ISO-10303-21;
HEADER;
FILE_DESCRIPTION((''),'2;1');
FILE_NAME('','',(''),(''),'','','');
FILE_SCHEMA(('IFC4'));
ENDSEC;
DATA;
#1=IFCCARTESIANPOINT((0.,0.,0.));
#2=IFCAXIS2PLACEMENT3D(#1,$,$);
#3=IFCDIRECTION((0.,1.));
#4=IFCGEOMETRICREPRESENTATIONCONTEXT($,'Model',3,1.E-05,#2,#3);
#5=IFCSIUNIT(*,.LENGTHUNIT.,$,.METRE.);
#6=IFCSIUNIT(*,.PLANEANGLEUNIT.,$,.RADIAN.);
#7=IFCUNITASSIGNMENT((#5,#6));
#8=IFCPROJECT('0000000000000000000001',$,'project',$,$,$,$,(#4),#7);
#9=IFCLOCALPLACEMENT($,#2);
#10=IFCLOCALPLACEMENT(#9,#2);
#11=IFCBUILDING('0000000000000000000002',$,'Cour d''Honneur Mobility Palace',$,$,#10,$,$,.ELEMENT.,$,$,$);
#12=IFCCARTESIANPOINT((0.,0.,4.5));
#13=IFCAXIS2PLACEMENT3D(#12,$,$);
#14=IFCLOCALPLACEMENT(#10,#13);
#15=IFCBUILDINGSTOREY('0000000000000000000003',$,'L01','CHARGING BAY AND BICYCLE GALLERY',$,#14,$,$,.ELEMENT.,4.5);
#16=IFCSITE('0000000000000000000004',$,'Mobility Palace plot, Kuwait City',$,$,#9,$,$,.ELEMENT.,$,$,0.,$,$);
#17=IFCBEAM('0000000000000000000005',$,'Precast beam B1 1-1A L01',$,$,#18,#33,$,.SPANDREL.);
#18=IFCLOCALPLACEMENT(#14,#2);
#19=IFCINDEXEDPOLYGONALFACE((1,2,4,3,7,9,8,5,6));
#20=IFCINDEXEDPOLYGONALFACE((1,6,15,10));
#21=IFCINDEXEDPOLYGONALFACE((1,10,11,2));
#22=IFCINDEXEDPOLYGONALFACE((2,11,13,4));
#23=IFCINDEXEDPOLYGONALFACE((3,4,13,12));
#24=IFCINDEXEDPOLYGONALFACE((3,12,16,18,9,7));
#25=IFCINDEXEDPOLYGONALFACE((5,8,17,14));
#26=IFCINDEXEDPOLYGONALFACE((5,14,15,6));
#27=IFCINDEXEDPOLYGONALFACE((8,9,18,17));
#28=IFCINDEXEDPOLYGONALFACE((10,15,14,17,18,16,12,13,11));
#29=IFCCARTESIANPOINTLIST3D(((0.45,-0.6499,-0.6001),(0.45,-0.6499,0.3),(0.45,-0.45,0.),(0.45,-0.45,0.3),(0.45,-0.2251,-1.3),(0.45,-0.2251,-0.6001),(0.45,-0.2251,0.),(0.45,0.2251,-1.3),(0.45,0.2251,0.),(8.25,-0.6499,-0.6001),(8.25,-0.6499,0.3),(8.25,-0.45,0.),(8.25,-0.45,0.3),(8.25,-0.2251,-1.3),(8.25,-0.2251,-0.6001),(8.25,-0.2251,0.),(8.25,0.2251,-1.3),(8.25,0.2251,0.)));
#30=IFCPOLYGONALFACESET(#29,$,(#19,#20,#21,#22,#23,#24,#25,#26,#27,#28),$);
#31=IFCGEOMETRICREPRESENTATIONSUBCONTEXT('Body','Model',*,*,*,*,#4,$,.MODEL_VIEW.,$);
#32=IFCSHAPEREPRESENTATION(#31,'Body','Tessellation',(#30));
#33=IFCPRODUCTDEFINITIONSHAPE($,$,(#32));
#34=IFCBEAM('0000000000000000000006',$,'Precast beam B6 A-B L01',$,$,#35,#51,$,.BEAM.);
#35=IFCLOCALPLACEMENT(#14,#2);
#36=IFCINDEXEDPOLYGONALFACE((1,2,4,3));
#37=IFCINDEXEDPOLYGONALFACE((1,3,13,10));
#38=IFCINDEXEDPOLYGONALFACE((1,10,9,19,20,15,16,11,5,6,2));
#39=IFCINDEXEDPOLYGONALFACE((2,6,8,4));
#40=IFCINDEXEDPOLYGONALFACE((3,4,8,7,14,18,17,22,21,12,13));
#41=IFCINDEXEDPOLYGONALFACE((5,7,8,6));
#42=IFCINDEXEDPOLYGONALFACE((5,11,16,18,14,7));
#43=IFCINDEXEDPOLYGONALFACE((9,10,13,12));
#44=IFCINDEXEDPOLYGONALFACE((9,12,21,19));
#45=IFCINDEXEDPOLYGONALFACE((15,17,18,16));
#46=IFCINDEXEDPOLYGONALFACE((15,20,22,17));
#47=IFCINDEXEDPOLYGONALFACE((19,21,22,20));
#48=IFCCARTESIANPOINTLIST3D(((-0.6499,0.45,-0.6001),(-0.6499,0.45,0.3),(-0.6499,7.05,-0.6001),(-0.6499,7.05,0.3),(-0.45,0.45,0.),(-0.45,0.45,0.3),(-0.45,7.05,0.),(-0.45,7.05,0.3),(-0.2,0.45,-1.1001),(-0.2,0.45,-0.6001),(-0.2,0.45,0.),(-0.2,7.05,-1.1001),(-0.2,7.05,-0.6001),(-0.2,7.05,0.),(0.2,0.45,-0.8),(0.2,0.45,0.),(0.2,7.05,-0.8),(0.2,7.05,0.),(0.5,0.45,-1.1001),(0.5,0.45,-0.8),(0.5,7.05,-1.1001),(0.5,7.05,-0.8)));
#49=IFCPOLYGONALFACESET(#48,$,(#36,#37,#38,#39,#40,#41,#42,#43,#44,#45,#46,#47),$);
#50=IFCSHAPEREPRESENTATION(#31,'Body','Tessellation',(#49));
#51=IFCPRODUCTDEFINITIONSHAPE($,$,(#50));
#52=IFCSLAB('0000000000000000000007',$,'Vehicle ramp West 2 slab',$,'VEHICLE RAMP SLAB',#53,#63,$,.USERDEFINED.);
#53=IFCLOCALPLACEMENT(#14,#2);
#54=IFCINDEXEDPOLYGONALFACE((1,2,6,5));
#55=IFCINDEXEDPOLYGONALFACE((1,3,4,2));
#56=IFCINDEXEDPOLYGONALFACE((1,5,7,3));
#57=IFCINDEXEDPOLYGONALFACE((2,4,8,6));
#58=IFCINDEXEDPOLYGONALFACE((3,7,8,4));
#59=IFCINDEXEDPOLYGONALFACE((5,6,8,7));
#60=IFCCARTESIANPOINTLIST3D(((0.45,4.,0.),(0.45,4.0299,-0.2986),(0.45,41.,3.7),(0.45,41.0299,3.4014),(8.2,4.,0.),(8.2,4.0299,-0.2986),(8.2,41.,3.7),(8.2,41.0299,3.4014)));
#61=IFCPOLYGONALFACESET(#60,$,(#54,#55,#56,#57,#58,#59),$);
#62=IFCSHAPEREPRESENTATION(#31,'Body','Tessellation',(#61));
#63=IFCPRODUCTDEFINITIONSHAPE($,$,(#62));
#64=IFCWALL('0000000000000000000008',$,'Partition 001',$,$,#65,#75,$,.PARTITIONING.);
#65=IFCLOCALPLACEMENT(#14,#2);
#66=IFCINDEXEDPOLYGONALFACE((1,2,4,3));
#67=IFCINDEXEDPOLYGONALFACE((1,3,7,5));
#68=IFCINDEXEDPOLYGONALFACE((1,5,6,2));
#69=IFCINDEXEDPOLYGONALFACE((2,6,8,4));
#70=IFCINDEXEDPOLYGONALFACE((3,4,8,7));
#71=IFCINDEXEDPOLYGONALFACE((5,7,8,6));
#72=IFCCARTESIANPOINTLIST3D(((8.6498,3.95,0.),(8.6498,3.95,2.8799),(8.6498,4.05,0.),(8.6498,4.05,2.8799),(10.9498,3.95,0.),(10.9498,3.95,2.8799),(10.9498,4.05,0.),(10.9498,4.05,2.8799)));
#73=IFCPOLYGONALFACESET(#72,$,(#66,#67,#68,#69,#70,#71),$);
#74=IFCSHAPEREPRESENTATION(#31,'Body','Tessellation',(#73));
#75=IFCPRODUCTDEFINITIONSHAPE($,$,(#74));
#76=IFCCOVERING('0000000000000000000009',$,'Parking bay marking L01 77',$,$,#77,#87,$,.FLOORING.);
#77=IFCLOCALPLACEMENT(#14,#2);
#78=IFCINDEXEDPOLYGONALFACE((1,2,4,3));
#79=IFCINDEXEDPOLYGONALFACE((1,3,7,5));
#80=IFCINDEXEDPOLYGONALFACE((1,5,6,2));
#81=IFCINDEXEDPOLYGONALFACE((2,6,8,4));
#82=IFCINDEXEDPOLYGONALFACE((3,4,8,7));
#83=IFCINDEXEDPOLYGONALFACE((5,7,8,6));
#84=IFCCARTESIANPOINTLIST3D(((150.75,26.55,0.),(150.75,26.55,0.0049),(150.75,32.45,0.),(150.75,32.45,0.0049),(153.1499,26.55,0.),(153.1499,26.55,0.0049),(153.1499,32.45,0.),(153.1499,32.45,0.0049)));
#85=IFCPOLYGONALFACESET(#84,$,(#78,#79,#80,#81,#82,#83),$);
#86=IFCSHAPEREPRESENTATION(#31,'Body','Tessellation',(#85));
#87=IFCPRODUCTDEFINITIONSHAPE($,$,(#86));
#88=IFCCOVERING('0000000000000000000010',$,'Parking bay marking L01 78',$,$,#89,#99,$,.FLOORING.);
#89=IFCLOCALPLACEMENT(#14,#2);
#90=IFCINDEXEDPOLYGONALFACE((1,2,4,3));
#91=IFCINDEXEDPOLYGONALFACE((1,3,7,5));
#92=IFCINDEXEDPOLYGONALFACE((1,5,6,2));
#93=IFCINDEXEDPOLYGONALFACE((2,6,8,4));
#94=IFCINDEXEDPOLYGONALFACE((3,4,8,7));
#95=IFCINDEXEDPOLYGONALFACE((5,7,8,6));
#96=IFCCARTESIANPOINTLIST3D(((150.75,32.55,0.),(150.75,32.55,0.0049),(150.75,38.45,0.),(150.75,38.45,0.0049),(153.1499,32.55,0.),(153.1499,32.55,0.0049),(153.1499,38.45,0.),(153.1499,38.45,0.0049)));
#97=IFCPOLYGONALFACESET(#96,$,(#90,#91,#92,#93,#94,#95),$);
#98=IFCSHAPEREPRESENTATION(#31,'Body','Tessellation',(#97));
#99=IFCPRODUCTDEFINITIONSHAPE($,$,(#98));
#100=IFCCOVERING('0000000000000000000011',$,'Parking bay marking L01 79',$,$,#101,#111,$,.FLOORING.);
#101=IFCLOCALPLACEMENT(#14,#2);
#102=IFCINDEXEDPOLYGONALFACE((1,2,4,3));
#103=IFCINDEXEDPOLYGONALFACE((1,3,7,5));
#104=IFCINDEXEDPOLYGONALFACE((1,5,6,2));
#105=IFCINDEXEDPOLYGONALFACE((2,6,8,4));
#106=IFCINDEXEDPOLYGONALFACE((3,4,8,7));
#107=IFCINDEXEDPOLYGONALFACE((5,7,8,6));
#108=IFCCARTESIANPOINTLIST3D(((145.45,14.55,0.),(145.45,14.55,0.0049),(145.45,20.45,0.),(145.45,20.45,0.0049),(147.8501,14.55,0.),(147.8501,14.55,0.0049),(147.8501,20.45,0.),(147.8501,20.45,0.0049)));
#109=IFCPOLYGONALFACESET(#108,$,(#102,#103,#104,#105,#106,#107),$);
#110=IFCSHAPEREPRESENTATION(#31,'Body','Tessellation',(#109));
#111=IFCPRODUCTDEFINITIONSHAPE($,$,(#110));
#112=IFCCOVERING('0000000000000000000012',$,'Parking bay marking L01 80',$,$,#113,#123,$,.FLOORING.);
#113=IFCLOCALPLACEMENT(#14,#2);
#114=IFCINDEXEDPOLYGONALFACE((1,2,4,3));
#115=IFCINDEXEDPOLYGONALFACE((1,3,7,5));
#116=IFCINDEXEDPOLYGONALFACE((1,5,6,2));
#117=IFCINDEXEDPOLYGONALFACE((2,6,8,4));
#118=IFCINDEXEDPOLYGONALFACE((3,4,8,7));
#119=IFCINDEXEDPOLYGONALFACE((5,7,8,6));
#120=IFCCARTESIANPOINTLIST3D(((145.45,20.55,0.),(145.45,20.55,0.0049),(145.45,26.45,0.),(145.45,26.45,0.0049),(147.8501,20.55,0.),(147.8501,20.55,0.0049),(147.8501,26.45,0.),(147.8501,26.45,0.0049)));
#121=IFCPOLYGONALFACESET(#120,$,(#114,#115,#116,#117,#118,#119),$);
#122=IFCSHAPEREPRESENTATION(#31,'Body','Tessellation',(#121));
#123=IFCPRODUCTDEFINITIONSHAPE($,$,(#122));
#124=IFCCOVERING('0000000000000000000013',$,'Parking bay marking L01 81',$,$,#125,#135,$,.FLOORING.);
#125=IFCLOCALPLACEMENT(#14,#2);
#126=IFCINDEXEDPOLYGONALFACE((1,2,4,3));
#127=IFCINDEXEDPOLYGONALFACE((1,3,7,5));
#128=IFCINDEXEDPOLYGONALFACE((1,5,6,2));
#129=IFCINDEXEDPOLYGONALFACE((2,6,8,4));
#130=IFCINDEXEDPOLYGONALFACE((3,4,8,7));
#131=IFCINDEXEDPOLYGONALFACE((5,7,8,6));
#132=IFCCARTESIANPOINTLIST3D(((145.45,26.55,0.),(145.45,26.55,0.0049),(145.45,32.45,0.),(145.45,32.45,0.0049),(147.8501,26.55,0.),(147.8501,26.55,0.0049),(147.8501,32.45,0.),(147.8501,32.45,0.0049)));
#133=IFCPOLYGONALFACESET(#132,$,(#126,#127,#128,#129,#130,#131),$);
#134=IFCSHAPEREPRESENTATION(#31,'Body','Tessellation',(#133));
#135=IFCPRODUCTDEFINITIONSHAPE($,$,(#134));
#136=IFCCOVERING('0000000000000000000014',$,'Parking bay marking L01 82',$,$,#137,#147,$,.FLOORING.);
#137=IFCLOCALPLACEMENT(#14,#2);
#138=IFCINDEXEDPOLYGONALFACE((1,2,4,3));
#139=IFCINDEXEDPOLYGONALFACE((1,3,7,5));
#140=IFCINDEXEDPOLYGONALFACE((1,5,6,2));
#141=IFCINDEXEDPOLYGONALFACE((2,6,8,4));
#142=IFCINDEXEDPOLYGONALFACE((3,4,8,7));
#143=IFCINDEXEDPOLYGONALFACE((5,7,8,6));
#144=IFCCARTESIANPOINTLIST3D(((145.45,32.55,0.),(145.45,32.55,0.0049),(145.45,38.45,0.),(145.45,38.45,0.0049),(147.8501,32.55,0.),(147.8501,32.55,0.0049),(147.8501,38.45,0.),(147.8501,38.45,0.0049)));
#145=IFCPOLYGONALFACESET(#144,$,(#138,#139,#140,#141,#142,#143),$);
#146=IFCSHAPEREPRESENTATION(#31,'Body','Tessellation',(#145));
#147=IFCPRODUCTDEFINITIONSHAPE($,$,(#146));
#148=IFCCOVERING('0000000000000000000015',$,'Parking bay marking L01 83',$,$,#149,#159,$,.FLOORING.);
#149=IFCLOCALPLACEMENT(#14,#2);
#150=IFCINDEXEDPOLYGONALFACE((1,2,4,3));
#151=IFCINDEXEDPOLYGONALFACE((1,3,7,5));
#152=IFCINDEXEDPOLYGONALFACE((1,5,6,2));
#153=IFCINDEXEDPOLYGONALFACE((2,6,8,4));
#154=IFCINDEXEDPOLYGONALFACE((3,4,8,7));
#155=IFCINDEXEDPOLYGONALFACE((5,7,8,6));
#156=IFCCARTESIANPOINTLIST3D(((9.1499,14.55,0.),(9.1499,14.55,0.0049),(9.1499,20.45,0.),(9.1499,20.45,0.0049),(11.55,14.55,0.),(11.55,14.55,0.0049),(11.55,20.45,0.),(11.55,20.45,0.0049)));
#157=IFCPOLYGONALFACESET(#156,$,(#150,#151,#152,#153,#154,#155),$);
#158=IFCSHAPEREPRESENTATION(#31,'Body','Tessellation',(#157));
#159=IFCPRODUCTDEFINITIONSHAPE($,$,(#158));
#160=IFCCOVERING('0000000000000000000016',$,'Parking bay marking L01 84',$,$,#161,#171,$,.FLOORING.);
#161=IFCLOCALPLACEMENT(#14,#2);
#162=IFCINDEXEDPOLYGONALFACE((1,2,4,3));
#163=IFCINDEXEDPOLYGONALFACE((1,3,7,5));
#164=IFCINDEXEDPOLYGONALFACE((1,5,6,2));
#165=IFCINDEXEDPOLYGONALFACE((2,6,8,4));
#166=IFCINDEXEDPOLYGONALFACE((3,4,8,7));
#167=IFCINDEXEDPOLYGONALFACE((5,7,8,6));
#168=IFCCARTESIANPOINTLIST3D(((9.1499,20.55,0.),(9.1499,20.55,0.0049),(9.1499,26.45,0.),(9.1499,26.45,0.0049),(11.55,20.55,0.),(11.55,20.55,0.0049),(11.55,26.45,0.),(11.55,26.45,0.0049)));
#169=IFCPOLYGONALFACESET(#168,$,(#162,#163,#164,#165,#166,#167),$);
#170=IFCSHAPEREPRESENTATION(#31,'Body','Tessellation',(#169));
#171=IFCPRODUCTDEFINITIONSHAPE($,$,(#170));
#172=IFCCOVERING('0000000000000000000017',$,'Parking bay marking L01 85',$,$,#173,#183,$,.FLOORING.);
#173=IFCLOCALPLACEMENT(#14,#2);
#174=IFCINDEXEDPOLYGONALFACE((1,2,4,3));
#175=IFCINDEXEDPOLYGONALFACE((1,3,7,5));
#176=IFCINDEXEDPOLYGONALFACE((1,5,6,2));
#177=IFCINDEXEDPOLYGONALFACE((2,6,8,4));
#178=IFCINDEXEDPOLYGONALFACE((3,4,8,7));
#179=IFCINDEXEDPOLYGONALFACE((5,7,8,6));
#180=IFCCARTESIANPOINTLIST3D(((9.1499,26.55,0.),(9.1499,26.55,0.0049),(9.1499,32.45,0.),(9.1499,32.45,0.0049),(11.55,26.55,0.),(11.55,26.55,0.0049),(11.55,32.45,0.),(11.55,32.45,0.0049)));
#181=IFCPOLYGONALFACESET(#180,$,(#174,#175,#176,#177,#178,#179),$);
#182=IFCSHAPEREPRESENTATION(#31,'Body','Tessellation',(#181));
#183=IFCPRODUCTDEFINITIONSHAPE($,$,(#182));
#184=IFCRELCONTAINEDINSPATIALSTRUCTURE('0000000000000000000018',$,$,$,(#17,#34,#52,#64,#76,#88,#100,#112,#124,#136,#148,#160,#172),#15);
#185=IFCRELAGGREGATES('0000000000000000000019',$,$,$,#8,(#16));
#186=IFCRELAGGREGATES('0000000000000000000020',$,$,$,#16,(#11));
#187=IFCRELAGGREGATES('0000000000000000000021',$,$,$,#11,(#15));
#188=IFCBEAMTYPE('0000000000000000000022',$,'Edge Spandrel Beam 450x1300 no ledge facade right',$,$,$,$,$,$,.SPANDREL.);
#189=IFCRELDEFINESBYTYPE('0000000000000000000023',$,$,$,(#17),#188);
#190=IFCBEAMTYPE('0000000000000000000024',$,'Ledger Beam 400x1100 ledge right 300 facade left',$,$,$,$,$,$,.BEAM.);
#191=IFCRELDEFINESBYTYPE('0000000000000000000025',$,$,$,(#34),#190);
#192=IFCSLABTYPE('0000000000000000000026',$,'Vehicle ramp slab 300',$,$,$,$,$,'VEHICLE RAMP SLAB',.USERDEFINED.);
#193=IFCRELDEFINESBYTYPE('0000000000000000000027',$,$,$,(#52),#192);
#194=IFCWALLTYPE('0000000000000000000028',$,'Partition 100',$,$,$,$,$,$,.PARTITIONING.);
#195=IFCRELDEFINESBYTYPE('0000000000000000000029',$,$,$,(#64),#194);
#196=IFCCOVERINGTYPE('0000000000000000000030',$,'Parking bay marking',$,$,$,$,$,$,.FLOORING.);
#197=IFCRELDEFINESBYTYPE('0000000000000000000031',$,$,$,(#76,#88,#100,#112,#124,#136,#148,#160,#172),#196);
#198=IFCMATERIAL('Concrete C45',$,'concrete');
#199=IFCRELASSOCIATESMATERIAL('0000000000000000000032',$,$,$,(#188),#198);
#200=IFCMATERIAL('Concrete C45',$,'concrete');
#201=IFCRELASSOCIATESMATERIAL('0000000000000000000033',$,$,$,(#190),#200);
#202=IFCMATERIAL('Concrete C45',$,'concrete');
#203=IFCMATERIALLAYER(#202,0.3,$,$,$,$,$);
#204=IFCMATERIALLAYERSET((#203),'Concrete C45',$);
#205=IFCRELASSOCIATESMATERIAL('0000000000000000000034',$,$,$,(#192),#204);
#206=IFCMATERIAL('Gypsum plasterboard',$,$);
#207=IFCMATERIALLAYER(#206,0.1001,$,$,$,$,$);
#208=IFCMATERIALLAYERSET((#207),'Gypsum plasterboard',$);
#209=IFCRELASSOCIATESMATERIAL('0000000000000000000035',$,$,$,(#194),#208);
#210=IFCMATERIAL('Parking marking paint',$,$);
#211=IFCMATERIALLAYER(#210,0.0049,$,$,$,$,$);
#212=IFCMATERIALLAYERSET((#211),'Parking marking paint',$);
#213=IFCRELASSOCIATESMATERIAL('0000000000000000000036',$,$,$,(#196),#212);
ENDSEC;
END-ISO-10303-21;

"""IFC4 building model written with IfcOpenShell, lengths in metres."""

from ifc_helpers import new_model, si_unit, direction, frame, frame_2d, origin, place, context, subcontext, project, spatial, polyline, rectangle, outline, extrude, material, layer, layer_set, material_profile, profile_set, type_object, element, save


model = new_model("IFC4")

# Units and contexts
model_context = context("Model", 3, precision=1e-05, world=origin(), true_north=direction((0.0, 1.0)))
body_context = subcontext(model_context, "Body", "Model", "MODEL_VIEW")
ifc_project = project(units=[si_unit("LENGTHUNIT", "METRE"), si_unit("PLANEANGLEUNIT", "RADIAN")], contexts=[model_context])

# Site, building, storey
site_placement = place(None, origin())
site = spatial("IfcSite", under=ifc_project, at=site_placement, Name="Mobility Palace plot, Kuwait City", CompositionType="ELEMENT", RefElevation=0.0)
building_placement = place(site_placement, origin())
building = spatial("IfcBuilding", under=site, at=building_placement, Name="Cour d'Honneur Mobility Palace", CompositionType="ELEMENT")
storey_placement = place(building_placement, frame((0.0, 0.0, 4.5)))
storey = spatial("IfcBuildingStorey", under=building, at=storey_placement, Name="L01", Description="CHARGING BAY AND BICYCLE GALLERY", CompositionType="ELEMENT", Elevation=4.5)

# Beams
ifc_material_1 = material(Name="Concrete C45", Category="concrete")
ifc_material_profile_1 = material_profile(ifc_material_1, outline(polyline([(0.2251, -1.3), (0.2251, 0.0), (-0.2251, 0.0), (-0.45, 0.0), (-0.45, 0.3), (-0.6499, 0.3), (-0.6499, -0.6001), (-0.2251, -0.6001), (-0.2251, -1.3), (0.2251, -1.3)])), Name="Edge Spandrel Beam 450x1300 no ledge facade right")
ifc_profile_set_1 = profile_set([ifc_material_profile_1], Name="Concrete C45")
beam_type_1 = type_object("IfcBeamType", Name="Edge Spandrel Beam 450x1300 no ledge facade right", PredefinedType="SPANDREL", material=ifc_profile_set_1)
beam_1_placement = place(storey_placement, frame((0.45, 0.0, 0.0), z_axis=(1.0, 0.0, 0.0), x_axis=(0.0, 1.0, 0.0)))
element("IfcBeam", 1, at=beam_1_placement, inside=storey, type_object=beam_type_1, Name="Precast beam B1 1-1A L01", PredefinedType="SPANDREL", context=body_context, shape_type="SweptSolid", body=[
    extrude(outline(polyline([(0.2251, -1.3), (0.2251, 0.0), (-0.2251, 0.0), (-0.45, 0.0), (-0.45, 0.3), (-0.6499, 0.3), (-0.6499, -0.6001), (-0.2251, -0.6001), (-0.2251, -1.3), (0.2251, -1.3)])), origin(), (0.0, 0.0, 1.0), 7.8),
])
ifc_material_2 = material(Name="Concrete C45", Category="concrete")
ifc_material_profile_2 = material_profile(ifc_material_2, outline(polyline([(0.2, -1.1001), (0.2, -0.6001), (0.6499, -0.6001), (0.6499, 0.3), (0.45, 0.3), (0.45, 0.0), (0.2, 0.0), (-0.2, 0.0), (-0.2, -0.8), (-0.5, -0.8), (-0.5, -1.1001), (0.2, -1.1001)])), Name="Ledger Beam 400x1100 ledge right 300 facade left")
ifc_profile_set_2 = profile_set([ifc_material_profile_2], Name="Concrete C45")
beam_type_2 = type_object("IfcBeamType", Name="Ledger Beam 400x1100 ledge right 300 facade left", PredefinedType="BEAM", material=ifc_profile_set_2)
beam_2_placement = place(storey_placement, frame((0.0, 0.45, 0.0), z_axis=(0.0, 1.0, 0.0), x_axis=(-1.0, 0.0, 0.0)))
element("IfcBeam", 2, at=beam_2_placement, inside=storey, type_object=beam_type_2, Name="Precast beam B6 A-B L01", PredefinedType="BEAM", context=body_context, shape_type="SweptSolid", body=[
    extrude(outline(polyline([(0.2, -1.1001), (0.2, -0.6001), (0.6499, -0.6001), (0.6499, 0.3), (0.45, 0.3), (0.45, 0.0), (0.2, 0.0), (-0.2, 0.0), (-0.2, -0.8), (-0.5, -0.8), (-0.5, -1.1001), (0.2, -1.1001)])), origin(), (0.0, 0.0, 1.0), 6.6001),
])

# Slab
ifc_material_3 = material(Name="Concrete C45", Category="concrete")
ifc_layer_1 = layer(ifc_material_3, 0.3)
ifc_layer_set_1 = layer_set([ifc_layer_1], Name="Concrete C45")
slab_type = type_object("IfcSlabType", Name="Vehicle ramp slab 300", ElementType="VEHICLE RAMP SLAB", PredefinedType="USERDEFINED", material=ifc_layer_set_1)
slab_placement = place(storey_placement, frame((0.45, 4.0, 0.0), z_axis=(0.0, -0.099502, 0.995037), x_axis=(1.0, 0.0, 0.0)))
element("IfcSlab", 3, at=slab_placement, inside=storey, type_object=slab_type, Name="Vehicle ramp West 2 slab", ObjectType="VEHICLE RAMP SLAB", PredefinedType="USERDEFINED", context=body_context, shape_type="SweptSolid", body=[
    extrude(outline(polyline([(0.0, 0.0), (7.75, 0.0), (7.75, 37.1845), (0.0, 37.1845), (0.0, 0.0)])), origin(), (0.0, 0.0, -1.0), 0.3),
])

# Wall
ifc_material_4 = material(Name="Gypsum plasterboard")
ifc_layer_2 = layer(ifc_material_4, 0.1001)
ifc_layer_set_2 = layer_set([ifc_layer_2], Name="Gypsum plasterboard")
wall_type = type_object("IfcWallType", Name="Partition 100", PredefinedType="PARTITIONING", material=ifc_layer_set_2)
wall_placement = place(storey_placement, frame((8.6499, 4.0, 0.0), z_axis=(0.0, 0.0, 1.0), x_axis=(1.0, 0.0, 0.0)))
element("IfcWall", 4, at=wall_placement, inside=storey, type_object=wall_type, Name="Partition 001", PredefinedType="PARTITIONING", context=body_context, shape_type="SweptSolid", body=[
    extrude(rectangle(XDim=2.3, YDim=0.1001, at=frame_2d((1.1499, 0.0))), origin(), (0.0, 0.0, 1.0), 2.8799),
])

# Coverings
ifc_material_5 = material(Name="Parking marking paint")
ifc_layer_3 = layer(ifc_material_5, 0.0049)
ifc_layer_set_3 = layer_set([ifc_layer_3], Name="Parking marking paint")
covering_type = type_object("IfcCoveringType", Name="Parking bay marking", PredefinedType="FLOORING", material=ifc_layer_set_3)
covering_1_placement = place(storey_placement, origin())
element("IfcCovering", 5, at=covering_1_placement, inside=storey, type_object=covering_type, Name="Parking bay marking L01 77", PredefinedType="FLOORING", context=body_context, shape_type="SweptSolid", body=[
    extrude(outline(polyline([(153.1499, 26.55), (150.75, 26.55), (150.75, 32.45), (153.1499, 32.45), (153.1499, 26.55)])), origin(), (0.0, 0.0, 1.0), 0.0049),
])
covering_2_placement = place(storey_placement, origin())
element("IfcCovering", 6, at=covering_2_placement, inside=storey, type_object=covering_type, Name="Parking bay marking L01 78", PredefinedType="FLOORING", context=body_context, shape_type="SweptSolid", body=[
    extrude(outline(polyline([(153.1499, 32.55), (150.75, 32.55), (150.75, 38.45), (153.1499, 38.45), (153.1499, 32.55)])), origin(), (0.0, 0.0, 1.0), 0.0049),
])
covering_3_placement = place(storey_placement, origin())
element("IfcCovering", 7, at=covering_3_placement, inside=storey, type_object=covering_type, Name="Parking bay marking L01 79", PredefinedType="FLOORING", context=body_context, shape_type="SweptSolid", body=[
    extrude(outline(polyline([(147.8501, 14.55), (145.45, 14.55), (145.45, 20.45), (147.8501, 20.45), (147.8501, 14.55)])), origin(), (0.0, 0.0, 1.0), 0.0049),
])
covering_4_placement = place(storey_placement, origin())
element("IfcCovering", 8, at=covering_4_placement, inside=storey, type_object=covering_type, Name="Parking bay marking L01 80", PredefinedType="FLOORING", context=body_context, shape_type="SweptSolid", body=[
    extrude(outline(polyline([(147.8501, 20.55), (145.45, 20.55), (145.45, 26.45), (147.8501, 26.45), (147.8501, 20.55)])), origin(), (0.0, 0.0, 1.0), 0.0049),
])
covering_5_placement = place(storey_placement, origin())
element("IfcCovering", 9, at=covering_5_placement, inside=storey, type_object=covering_type, Name="Parking bay marking L01 81", PredefinedType="FLOORING", context=body_context, shape_type="SweptSolid", body=[
    extrude(outline(polyline([(147.8501, 26.55), (145.45, 26.55), (145.45, 32.45), (147.8501, 32.45), (147.8501, 26.55)])), origin(), (0.0, 0.0, 1.0), 0.0049),
])
covering_6_placement = place(storey_placement, origin())
element("IfcCovering", 10, at=covering_6_placement, inside=storey, type_object=covering_type, Name="Parking bay marking L01 82", PredefinedType="FLOORING", context=body_context, shape_type="SweptSolid", body=[
    extrude(outline(polyline([(147.8501, 32.55), (145.45, 32.55), (145.45, 38.45), (147.8501, 38.45), (147.8501, 32.55)])), origin(), (0.0, 0.0, 1.0), 0.0049),
])
covering_7_placement = place(storey_placement, origin())
element("IfcCovering", 11, at=covering_7_placement, inside=storey, type_object=covering_type, Name="Parking bay marking L01 83", PredefinedType="FLOORING", context=body_context, shape_type="SweptSolid", body=[
    extrude(outline(polyline([(11.55, 14.55), (9.1499, 14.55), (9.1499, 20.45), (11.55, 20.45), (11.55, 14.55)])), origin(), (0.0, 0.0, 1.0), 0.0049),
])
covering_8_placement = place(storey_placement, origin())
element("IfcCovering", 12, at=covering_8_placement, inside=storey, type_object=covering_type, Name="Parking bay marking L01 84", PredefinedType="FLOORING", context=body_context, shape_type="SweptSolid", body=[
    extrude(outline(polyline([(11.55, 20.55), (9.1499, 20.55), (9.1499, 26.45), (11.55, 26.45), (11.55, 20.55)])), origin(), (0.0, 0.0, 1.0), 0.0049),
])
covering_9_placement = place(storey_placement, origin())
element("IfcCovering", 13, at=covering_9_placement, inside=storey, type_object=covering_type, Name="Parking bay marking L01 85", PredefinedType="FLOORING", context=body_context, shape_type="SweptSolid", body=[
    extrude(outline(polyline([(11.55, 26.55), (9.1499, 26.55), (9.1499, 32.45), (11.55, 32.45), (11.55, 26.55)])), origin(), (0.0, 0.0, 1.0), 0.0049),
])

save(model, "model.ifc")
